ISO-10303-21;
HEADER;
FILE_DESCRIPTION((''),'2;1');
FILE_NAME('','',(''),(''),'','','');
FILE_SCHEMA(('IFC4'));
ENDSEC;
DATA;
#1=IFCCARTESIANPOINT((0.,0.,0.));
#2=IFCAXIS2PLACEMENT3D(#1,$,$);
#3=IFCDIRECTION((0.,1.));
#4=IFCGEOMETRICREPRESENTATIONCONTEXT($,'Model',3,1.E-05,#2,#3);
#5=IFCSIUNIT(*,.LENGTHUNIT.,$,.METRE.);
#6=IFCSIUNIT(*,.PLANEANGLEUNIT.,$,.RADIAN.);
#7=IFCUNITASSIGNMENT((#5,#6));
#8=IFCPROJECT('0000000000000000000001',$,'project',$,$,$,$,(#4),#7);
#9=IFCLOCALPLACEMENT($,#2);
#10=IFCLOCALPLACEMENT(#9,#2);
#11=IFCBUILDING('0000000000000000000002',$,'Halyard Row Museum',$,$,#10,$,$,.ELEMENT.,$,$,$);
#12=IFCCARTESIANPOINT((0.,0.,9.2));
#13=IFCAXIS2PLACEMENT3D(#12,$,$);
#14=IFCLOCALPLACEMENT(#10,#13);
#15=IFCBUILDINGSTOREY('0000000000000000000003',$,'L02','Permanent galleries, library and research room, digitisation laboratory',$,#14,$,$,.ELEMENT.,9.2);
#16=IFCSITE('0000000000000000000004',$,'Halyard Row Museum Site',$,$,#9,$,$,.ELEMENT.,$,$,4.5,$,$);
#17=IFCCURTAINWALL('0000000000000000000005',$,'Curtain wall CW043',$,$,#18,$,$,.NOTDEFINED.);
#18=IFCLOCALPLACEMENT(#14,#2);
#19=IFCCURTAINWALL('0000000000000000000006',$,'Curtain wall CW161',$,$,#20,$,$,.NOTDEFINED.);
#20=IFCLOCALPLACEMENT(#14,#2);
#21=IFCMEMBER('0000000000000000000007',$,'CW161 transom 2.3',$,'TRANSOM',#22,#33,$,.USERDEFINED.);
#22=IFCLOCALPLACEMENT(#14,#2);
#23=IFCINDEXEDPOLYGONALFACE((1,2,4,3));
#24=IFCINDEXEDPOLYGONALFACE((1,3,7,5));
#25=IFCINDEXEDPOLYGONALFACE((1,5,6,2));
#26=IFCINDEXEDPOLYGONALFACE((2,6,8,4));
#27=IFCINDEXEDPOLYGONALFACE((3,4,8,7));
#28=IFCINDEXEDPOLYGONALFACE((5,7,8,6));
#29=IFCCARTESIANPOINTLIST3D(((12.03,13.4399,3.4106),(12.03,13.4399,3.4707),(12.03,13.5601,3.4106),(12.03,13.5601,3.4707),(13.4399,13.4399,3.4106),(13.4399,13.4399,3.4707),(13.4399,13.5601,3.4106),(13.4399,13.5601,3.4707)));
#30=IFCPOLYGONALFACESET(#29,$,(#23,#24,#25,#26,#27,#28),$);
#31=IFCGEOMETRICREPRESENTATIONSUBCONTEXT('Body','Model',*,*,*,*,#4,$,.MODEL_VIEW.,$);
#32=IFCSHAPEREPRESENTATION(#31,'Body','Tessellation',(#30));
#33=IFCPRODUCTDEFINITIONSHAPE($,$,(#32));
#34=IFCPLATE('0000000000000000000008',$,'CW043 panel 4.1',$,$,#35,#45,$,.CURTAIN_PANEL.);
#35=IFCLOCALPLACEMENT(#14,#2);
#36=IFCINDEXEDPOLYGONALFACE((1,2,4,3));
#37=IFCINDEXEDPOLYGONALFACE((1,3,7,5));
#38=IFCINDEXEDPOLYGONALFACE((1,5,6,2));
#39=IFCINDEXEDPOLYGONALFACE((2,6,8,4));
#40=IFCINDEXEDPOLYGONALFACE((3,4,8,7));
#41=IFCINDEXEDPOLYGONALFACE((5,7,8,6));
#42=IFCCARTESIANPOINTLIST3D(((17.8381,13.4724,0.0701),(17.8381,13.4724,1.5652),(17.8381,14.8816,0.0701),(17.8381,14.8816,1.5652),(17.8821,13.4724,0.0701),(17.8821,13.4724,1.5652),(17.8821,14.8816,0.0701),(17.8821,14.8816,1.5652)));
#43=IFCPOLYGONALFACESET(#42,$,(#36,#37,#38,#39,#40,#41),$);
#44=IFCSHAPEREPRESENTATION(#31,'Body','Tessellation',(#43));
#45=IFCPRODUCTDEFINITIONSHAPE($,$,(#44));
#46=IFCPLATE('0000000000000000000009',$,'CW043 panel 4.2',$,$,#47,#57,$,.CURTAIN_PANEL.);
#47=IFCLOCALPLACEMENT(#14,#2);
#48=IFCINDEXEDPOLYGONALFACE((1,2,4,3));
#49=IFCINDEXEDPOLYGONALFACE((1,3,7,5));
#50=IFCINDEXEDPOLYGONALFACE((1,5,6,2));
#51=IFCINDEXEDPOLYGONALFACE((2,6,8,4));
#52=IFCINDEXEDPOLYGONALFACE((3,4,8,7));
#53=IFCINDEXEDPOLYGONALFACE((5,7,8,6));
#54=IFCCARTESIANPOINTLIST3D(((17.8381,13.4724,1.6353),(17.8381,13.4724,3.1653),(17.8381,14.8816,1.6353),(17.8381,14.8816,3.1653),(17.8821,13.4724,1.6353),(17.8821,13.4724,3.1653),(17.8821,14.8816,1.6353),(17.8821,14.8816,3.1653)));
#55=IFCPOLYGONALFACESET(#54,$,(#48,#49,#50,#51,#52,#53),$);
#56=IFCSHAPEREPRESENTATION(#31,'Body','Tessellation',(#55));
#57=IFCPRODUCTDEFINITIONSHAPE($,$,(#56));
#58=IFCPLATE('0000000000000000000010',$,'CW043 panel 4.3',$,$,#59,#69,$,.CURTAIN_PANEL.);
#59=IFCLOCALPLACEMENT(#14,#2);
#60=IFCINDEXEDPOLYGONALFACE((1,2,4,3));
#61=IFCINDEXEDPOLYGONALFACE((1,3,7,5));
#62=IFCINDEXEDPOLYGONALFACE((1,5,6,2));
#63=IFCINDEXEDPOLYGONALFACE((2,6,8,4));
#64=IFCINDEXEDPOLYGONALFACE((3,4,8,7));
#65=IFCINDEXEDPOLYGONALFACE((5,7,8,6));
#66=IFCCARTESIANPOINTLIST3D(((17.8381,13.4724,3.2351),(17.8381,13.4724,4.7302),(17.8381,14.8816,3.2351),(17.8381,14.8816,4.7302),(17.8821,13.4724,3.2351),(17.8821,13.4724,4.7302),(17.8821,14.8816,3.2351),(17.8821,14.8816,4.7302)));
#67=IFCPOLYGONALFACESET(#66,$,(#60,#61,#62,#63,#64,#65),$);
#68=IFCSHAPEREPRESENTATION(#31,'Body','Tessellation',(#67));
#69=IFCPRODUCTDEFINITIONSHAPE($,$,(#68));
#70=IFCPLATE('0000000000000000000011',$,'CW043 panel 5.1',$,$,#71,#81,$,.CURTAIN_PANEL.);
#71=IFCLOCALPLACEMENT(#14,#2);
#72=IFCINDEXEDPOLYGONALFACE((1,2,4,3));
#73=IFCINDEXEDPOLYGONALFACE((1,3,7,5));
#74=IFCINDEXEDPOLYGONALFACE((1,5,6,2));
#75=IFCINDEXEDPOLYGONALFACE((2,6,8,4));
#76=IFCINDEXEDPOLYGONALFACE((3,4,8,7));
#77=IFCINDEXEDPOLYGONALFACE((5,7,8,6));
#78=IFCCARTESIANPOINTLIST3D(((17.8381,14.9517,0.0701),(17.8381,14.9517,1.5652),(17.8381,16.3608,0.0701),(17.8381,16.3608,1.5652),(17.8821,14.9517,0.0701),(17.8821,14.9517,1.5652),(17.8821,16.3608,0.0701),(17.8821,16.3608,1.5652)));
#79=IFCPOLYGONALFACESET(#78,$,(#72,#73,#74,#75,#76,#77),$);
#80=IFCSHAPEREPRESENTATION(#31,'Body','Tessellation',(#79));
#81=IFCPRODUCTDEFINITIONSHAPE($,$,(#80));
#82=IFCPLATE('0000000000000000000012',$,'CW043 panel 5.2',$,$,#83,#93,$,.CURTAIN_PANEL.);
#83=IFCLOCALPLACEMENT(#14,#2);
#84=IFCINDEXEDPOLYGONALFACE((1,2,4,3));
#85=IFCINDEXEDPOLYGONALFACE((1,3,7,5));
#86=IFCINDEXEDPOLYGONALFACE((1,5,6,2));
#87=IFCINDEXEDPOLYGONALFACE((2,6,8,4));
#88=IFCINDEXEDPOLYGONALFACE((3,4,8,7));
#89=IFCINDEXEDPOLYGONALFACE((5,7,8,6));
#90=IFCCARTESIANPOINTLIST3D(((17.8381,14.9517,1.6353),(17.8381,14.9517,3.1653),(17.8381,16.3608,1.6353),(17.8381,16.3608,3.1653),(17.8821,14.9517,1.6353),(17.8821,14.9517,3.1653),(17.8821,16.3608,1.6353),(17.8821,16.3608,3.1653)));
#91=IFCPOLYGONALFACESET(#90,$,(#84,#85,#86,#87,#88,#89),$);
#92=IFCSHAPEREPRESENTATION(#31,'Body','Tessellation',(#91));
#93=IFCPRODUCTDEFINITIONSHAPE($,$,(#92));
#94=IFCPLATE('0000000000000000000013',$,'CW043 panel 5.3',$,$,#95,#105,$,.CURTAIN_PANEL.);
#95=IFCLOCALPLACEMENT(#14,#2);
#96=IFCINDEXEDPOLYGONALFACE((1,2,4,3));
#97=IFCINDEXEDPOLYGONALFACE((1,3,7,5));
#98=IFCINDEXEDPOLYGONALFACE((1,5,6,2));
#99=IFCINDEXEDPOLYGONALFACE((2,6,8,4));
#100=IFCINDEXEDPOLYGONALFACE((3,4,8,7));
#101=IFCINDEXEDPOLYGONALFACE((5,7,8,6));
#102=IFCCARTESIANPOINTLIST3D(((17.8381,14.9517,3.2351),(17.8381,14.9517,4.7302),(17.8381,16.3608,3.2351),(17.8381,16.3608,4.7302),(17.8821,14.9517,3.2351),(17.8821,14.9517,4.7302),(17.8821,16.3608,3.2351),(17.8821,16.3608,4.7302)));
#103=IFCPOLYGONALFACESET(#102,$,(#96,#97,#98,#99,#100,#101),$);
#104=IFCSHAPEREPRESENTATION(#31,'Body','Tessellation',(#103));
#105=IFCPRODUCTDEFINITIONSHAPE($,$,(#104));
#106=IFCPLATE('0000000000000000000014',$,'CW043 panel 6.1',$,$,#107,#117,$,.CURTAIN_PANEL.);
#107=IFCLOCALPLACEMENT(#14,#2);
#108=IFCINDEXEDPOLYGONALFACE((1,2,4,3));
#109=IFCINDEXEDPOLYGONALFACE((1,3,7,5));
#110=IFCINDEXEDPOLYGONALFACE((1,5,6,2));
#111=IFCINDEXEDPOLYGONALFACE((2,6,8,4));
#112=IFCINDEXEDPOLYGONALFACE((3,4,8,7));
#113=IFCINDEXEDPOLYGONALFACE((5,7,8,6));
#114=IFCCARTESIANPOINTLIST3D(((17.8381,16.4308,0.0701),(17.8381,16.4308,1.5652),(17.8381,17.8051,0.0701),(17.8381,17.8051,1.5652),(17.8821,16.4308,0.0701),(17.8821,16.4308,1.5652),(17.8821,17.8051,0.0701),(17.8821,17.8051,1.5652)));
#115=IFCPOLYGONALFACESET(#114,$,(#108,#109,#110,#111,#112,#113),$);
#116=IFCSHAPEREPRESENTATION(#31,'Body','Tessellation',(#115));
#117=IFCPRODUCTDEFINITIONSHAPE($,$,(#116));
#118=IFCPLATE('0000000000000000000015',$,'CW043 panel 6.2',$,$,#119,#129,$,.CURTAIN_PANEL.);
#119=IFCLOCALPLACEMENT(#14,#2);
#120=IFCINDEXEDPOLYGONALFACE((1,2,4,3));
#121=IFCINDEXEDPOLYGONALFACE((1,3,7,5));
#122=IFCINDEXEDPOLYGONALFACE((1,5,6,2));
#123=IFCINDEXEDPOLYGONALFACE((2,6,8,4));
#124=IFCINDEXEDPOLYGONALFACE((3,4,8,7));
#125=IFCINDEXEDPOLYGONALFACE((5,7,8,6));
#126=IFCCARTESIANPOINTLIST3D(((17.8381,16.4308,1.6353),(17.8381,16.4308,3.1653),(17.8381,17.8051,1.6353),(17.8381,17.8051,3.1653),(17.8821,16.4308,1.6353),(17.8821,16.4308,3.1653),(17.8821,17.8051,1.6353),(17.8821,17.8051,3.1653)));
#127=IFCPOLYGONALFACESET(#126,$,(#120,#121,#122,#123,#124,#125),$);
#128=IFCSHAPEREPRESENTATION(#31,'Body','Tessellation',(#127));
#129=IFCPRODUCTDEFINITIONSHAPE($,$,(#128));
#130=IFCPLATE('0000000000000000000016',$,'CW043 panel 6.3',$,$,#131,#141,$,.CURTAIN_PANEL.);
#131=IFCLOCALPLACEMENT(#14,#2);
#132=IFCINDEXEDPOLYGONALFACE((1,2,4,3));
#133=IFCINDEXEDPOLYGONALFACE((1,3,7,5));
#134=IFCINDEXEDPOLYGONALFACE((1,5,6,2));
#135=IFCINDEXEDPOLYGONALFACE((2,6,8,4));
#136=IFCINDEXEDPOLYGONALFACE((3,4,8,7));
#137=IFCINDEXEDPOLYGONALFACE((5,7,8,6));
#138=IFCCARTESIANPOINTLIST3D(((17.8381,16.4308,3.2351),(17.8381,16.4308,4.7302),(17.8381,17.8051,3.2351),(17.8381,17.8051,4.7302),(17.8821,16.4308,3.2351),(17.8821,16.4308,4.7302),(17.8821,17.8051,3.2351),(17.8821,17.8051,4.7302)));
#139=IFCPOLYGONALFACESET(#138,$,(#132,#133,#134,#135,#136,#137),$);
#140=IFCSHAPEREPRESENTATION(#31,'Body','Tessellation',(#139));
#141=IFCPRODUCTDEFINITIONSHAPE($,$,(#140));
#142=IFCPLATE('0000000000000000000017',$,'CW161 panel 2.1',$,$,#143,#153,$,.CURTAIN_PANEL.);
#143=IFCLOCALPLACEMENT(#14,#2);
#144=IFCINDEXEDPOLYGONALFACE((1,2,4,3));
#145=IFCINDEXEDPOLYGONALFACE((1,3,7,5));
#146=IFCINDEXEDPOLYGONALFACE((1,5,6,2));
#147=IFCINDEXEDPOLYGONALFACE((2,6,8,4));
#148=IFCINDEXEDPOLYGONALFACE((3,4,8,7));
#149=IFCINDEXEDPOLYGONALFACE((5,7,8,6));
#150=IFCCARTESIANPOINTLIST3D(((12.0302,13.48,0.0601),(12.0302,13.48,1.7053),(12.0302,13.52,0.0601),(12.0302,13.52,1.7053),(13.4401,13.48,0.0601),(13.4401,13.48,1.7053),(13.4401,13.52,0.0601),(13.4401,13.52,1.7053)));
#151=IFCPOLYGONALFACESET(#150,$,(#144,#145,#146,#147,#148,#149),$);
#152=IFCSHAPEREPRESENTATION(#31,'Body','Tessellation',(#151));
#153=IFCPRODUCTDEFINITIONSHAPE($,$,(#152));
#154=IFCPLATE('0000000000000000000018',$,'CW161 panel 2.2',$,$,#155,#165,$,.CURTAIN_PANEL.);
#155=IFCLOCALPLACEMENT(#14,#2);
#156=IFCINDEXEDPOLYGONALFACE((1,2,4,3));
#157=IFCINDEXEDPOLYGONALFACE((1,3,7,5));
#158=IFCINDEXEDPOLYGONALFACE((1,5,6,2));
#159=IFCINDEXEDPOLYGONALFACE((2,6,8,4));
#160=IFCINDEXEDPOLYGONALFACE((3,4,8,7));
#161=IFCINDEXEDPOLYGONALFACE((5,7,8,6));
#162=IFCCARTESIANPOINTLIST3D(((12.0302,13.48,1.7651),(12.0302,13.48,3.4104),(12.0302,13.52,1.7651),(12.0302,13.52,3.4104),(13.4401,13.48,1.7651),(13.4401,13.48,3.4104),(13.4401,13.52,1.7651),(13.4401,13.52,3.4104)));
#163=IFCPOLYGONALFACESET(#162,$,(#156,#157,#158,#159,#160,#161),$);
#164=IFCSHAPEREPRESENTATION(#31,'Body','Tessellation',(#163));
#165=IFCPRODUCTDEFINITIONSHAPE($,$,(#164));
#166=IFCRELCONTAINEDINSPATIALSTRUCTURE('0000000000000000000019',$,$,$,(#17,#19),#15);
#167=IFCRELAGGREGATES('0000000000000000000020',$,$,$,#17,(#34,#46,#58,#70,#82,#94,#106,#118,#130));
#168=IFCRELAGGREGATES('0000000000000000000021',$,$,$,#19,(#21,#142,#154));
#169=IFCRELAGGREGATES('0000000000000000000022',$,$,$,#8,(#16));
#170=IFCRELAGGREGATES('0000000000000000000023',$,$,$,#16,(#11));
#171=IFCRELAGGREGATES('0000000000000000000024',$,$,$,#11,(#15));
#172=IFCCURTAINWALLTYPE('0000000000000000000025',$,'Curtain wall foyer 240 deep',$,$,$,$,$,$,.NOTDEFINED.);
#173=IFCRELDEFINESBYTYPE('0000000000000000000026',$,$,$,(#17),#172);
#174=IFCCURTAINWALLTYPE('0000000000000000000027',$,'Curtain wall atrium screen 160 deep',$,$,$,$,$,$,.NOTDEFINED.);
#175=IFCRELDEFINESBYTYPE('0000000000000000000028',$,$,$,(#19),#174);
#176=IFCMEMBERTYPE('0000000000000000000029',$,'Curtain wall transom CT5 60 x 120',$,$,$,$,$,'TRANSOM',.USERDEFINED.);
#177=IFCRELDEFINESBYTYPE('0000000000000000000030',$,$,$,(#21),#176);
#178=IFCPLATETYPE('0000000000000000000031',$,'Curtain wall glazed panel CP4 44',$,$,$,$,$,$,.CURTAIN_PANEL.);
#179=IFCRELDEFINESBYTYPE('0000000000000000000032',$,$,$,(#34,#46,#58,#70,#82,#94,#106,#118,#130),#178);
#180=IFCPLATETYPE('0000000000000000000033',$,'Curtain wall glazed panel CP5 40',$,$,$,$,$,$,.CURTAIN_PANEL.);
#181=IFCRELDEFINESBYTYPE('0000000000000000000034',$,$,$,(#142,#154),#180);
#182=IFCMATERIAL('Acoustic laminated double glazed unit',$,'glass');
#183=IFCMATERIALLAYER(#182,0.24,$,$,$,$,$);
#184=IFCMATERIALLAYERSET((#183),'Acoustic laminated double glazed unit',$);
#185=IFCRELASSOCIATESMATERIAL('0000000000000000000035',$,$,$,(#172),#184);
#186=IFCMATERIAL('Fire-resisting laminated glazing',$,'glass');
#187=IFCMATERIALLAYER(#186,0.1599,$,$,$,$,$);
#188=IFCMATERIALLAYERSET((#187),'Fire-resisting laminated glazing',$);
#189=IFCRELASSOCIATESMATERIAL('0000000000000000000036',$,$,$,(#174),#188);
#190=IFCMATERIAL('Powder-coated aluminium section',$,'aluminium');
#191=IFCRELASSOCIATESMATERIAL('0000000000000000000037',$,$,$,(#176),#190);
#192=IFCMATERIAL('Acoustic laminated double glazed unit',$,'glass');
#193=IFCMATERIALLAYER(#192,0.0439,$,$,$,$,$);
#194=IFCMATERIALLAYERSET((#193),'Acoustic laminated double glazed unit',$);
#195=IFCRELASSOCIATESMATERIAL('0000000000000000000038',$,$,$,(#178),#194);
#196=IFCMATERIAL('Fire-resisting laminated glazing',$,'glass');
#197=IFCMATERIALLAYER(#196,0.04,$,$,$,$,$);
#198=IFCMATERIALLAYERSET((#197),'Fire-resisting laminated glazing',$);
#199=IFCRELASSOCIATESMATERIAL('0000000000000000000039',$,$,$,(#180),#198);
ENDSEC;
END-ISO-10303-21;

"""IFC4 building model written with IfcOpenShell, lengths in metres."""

from ifc_helpers import new_model, si_unit, direction, frame, origin, origin_2d, place, context, subcontext, project, spatial, rectangle, extrude, material, layer, layer_set, material_profile, profile_set, type_object, element, aggregate, save


model = new_model("IFC4")

# Units and contexts
model_context = context("Model", 3, precision=1e-05, world=origin(), true_north=direction((0.0, 1.0)))
body_context = subcontext(model_context, "Body", "Model", "MODEL_VIEW")
ifc_project = project(units=[si_unit("LENGTHUNIT", "METRE"), si_unit("PLANEANGLEUNIT", "RADIAN")], contexts=[model_context])

# Site, building, storey
site_placement = place(None, origin())
site = spatial("IfcSite", under=ifc_project, at=site_placement, Name="Halyard Row Museum Site", CompositionType="ELEMENT", RefElevation=4.5)
building_placement = place(site_placement, origin())
building = spatial("IfcBuilding", under=site, at=building_placement, Name="Halyard Row Museum", CompositionType="ELEMENT")
storey_placement = place(building_placement, frame((0.0, 0.0, 9.2)))
storey = spatial("IfcBuildingStorey", under=building, at=storey_placement, Name="L02", Description="Permanent galleries, library and research room, digitisation laboratory", CompositionType="ELEMENT", Elevation=9.2)

# Curtain wall
ifc_material_1 = material(Name="Acoustic laminated double glazed unit", Category="glass")
ifc_layer_1 = layer(ifc_material_1, 0.24)
ifc_layer_set_1 = layer_set([ifc_layer_1], Name="Acoustic laminated double glazed unit")
curtain_wall_type_1 = type_object("IfcCurtainWallType", Name="Curtain wall foyer 240 deep", PredefinedType="NOTDEFINED", material=ifc_layer_set_1)
curtain_wall_1_placement = place(storey_placement, origin())
curtain_wall_1 = element("IfcCurtainWall", 1, at=curtain_wall_1_placement, inside=storey, type_object=curtain_wall_type_1, Name="Curtain wall CW043", PredefinedType="NOTDEFINED")

# Curtain wall
ifc_material_2 = material(Name="Fire-resisting laminated glazing", Category="glass")
ifc_layer_2 = layer(ifc_material_2, 0.1599)
ifc_layer_set_2 = layer_set([ifc_layer_2], Name="Fire-resisting laminated glazing")
curtain_wall_type_2 = type_object("IfcCurtainWallType", Name="Curtain wall atrium screen 160 deep", PredefinedType="NOTDEFINED", material=ifc_layer_set_2)
curtain_wall_2_placement = place(storey_placement, origin())
curtain_wall_2 = element("IfcCurtainWall", 2, at=curtain_wall_2_placement, inside=storey, type_object=curtain_wall_type_2, Name="Curtain wall CW161", PredefinedType="NOTDEFINED")

# Member
ifc_material_3 = material(Name="Powder-coated aluminium section", Category="aluminium")
ifc_material_profile_1 = material_profile(ifc_material_3, rectangle(XDim=0.1201, YDim=0.0601, at=origin_2d()), Name="120x60 transom")
ifc_profile_set_1 = profile_set([ifc_material_profile_1], Name="Powder-coated aluminium section")
member_type_1 = type_object("IfcMemberType", Name="Curtain wall transom CT5 60 x 120", ElementType="TRANSOM", PredefinedType="USERDEFINED", material=ifc_profile_set_1)
member_1_placement = place(storey_placement, frame((12.03, 13.5, 3.4407), z_axis=(1.0, 0.0, 0.0), x_axis=(0.0, 1.0, 0.0)))
member_1 = element("IfcMember", 3, at=member_1_placement, type_object=member_type_1, Name="CW161 transom 2.3", ObjectType="TRANSOM", PredefinedType="USERDEFINED", context=body_context, shape_type="SweptSolid", body=[
    extrude(rectangle(XDim=0.1201, YDim=0.0601, at=origin_2d()), origin(), (0.0, 0.0, 1.0), 1.4099),
])

# Plates
ifc_material_4 = material(Name="Acoustic laminated double glazed unit", Category="glass")
ifc_layer_3 = layer(ifc_material_4, 0.0439)
ifc_layer_set_3 = layer_set([ifc_layer_3], Name="Acoustic laminated double glazed unit")
plate_type_1 = type_object("IfcPlateType", Name="Curtain wall glazed panel CP4 44", PredefinedType="CURTAIN_PANEL", material=ifc_layer_set_3)
plate_1_placement = place(storey_placement, frame((17.8601, 14.177, 0.0701), z_axis=(0.0, 0.0, 1.0), x_axis=(0.0, 1.0, 0.0)))
plate_1 = element("IfcPlate", 4, at=plate_1_placement, type_object=plate_type_1, Name="CW043 panel 4.1", PredefinedType="CURTAIN_PANEL", context=body_context, shape_type="SweptSolid", body=[
    extrude(rectangle(XDim=1.4092, YDim=0.0439, at=origin_2d()), origin(), (0.0, 0.0, 1.0), 1.4951),
])
plate_2_placement = place(storey_placement, frame((17.8601, 14.177, 1.6353), z_axis=(0.0, 0.0, 1.0), x_axis=(0.0, 1.0, 0.0)))
plate_2 = element("IfcPlate", 5, at=plate_2_placement, type_object=plate_type_1, Name="CW043 panel 4.2", PredefinedType="CURTAIN_PANEL", context=body_context, shape_type="SweptSolid", body=[
    extrude(rectangle(XDim=1.4092, YDim=0.0439, at=origin_2d()), origin(), (0.0, 0.0, 1.0), 1.53),
])
plate_3_placement = place(storey_placement, frame((17.8601, 14.177, 3.2351), z_axis=(0.0, 0.0, 1.0), x_axis=(0.0, 1.0, 0.0)))
plate_3 = element("IfcPlate", 6, at=plate_3_placement, type_object=plate_type_1, Name="CW043 panel 4.3", PredefinedType="CURTAIN_PANEL", context=body_context, shape_type="SweptSolid", body=[
    extrude(rectangle(XDim=1.4092, YDim=0.0439, at=origin_2d()), origin(), (0.0, 0.0, 1.0), 1.4951),
])
plate_4_placement = place(storey_placement, frame((17.8601, 15.6562, 0.0701), z_axis=(0.0, 0.0, 1.0), x_axis=(0.0, 1.0, 0.0)))
plate_4 = element("IfcPlate", 7, at=plate_4_placement, type_object=plate_type_1, Name="CW043 panel 5.1", PredefinedType="CURTAIN_PANEL", context=body_context, shape_type="SweptSolid", body=[
    extrude(rectangle(XDim=1.4092, YDim=0.0439, at=origin_2d()), origin(), (0.0, 0.0, 1.0), 1.4951),
])
plate_5_placement = place(storey_placement, frame((17.8601, 15.6562, 1.6353), z_axis=(0.0, 0.0, 1.0), x_axis=(0.0, 1.0, 0.0)))
plate_5 = element("IfcPlate", 8, at=plate_5_placement, type_object=plate_type_1, Name="CW043 panel 5.2", PredefinedType="CURTAIN_PANEL", context=body_context, shape_type="SweptSolid", body=[
    extrude(rectangle(XDim=1.4092, YDim=0.0439, at=origin_2d()), origin(), (0.0, 0.0, 1.0), 1.53),
])
plate_6_placement = place(storey_placement, frame((17.8601, 15.6562, 3.2351), z_axis=(0.0, 0.0, 1.0), x_axis=(0.0, 1.0, 0.0)))
plate_6 = element("IfcPlate", 9, at=plate_6_placement, type_object=plate_type_1, Name="CW043 panel 5.3", PredefinedType="CURTAIN_PANEL", context=body_context, shape_type="SweptSolid", body=[
    extrude(rectangle(XDim=1.4092, YDim=0.0439, at=origin_2d()), origin(), (0.0, 0.0, 1.0), 1.4951),
])
plate_7_placement = place(storey_placement, frame((17.8601, 17.1179, 0.0701), z_axis=(0.0, 0.0, 1.0), x_axis=(0.0, 1.0, 0.0)))
plate_7 = element("IfcPlate", 10, at=plate_7_placement, type_object=plate_type_1, Name="CW043 panel 6.1", PredefinedType="CURTAIN_PANEL", context=body_context, shape_type="SweptSolid", body=[
    extrude(rectangle(XDim=1.3743, YDim=0.0439, at=origin_2d()), origin(), (0.0, 0.0, 1.0), 1.4951),
])
plate_8_placement = place(storey_placement, frame((17.8601, 17.1179, 1.6353), z_axis=(0.0, 0.0, 1.0), x_axis=(0.0, 1.0, 0.0)))
plate_8 = element("IfcPlate", 11, at=plate_8_placement, type_object=plate_type_1, Name="CW043 panel 6.2", PredefinedType="CURTAIN_PANEL", context=body_context, shape_type="SweptSolid", body=[
    extrude(rectangle(XDim=1.3743, YDim=0.0439, at=origin_2d()), origin(), (0.0, 0.0, 1.0), 1.53),
])
plate_9_placement = place(storey_placement, frame((17.8601, 17.1179, 3.2351), z_axis=(0.0, 0.0, 1.0), x_axis=(0.0, 1.0, 0.0)))
plate_9 = element("IfcPlate", 12, at=plate_9_placement, type_object=plate_type_1, Name="CW043 panel 6.3", PredefinedType="CURTAIN_PANEL", context=body_context, shape_type="SweptSolid", body=[
    extrude(rectangle(XDim=1.3743, YDim=0.0439, at=origin_2d()), origin(), (0.0, 0.0, 1.0), 1.4951),
])
aggregate(curtain_wall_1, [plate_1, plate_2, plate_3, plate_4, plate_5, plate_6, plate_7, plate_8, plate_9])
ifc_material_5 = material(Name="Fire-resisting laminated glazing", Category="glass")
ifc_layer_4 = layer(ifc_material_5, 0.04)
ifc_layer_set_4 = layer_set([ifc_layer_4], Name="Fire-resisting laminated glazing")
plate_type_2 = type_object("IfcPlateType", Name="Curtain wall glazed panel CP5 40", PredefinedType="CURTAIN_PANEL", material=ifc_layer_set_4)
plate_10_placement = place(storey_placement, frame((12.7351, 13.5, 0.0601), z_axis=(0.0, 0.0, 1.0), x_axis=(1.0, 0.0, 0.0)))
plate_10 = element("IfcPlate", 13, at=plate_10_placement, type_object=plate_type_2, Name="CW161 panel 2.1", PredefinedType="CURTAIN_PANEL", context=body_context, shape_type="SweptSolid", body=[
    extrude(rectangle(XDim=1.4099, YDim=0.04, at=origin_2d()), origin(), (0.0, 0.0, 1.0), 1.6453),
])
plate_11_placement = place(storey_placement, frame((12.7351, 13.5, 1.7651), z_axis=(0.0, 0.0, 1.0), x_axis=(1.0, 0.0, 0.0)))
plate_11 = element("IfcPlate", 14, at=plate_11_placement, type_object=plate_type_2, Name="CW161 panel 2.2", PredefinedType="CURTAIN_PANEL", context=body_context, shape_type="SweptSolid", body=[
    extrude(rectangle(XDim=1.4099, YDim=0.04, at=origin_2d()), origin(), (0.0, 0.0, 1.0), 1.6453),
])
aggregate(curtain_wall_2, [member_1, plate_10, plate_11])

save(model, "model.ifc")
